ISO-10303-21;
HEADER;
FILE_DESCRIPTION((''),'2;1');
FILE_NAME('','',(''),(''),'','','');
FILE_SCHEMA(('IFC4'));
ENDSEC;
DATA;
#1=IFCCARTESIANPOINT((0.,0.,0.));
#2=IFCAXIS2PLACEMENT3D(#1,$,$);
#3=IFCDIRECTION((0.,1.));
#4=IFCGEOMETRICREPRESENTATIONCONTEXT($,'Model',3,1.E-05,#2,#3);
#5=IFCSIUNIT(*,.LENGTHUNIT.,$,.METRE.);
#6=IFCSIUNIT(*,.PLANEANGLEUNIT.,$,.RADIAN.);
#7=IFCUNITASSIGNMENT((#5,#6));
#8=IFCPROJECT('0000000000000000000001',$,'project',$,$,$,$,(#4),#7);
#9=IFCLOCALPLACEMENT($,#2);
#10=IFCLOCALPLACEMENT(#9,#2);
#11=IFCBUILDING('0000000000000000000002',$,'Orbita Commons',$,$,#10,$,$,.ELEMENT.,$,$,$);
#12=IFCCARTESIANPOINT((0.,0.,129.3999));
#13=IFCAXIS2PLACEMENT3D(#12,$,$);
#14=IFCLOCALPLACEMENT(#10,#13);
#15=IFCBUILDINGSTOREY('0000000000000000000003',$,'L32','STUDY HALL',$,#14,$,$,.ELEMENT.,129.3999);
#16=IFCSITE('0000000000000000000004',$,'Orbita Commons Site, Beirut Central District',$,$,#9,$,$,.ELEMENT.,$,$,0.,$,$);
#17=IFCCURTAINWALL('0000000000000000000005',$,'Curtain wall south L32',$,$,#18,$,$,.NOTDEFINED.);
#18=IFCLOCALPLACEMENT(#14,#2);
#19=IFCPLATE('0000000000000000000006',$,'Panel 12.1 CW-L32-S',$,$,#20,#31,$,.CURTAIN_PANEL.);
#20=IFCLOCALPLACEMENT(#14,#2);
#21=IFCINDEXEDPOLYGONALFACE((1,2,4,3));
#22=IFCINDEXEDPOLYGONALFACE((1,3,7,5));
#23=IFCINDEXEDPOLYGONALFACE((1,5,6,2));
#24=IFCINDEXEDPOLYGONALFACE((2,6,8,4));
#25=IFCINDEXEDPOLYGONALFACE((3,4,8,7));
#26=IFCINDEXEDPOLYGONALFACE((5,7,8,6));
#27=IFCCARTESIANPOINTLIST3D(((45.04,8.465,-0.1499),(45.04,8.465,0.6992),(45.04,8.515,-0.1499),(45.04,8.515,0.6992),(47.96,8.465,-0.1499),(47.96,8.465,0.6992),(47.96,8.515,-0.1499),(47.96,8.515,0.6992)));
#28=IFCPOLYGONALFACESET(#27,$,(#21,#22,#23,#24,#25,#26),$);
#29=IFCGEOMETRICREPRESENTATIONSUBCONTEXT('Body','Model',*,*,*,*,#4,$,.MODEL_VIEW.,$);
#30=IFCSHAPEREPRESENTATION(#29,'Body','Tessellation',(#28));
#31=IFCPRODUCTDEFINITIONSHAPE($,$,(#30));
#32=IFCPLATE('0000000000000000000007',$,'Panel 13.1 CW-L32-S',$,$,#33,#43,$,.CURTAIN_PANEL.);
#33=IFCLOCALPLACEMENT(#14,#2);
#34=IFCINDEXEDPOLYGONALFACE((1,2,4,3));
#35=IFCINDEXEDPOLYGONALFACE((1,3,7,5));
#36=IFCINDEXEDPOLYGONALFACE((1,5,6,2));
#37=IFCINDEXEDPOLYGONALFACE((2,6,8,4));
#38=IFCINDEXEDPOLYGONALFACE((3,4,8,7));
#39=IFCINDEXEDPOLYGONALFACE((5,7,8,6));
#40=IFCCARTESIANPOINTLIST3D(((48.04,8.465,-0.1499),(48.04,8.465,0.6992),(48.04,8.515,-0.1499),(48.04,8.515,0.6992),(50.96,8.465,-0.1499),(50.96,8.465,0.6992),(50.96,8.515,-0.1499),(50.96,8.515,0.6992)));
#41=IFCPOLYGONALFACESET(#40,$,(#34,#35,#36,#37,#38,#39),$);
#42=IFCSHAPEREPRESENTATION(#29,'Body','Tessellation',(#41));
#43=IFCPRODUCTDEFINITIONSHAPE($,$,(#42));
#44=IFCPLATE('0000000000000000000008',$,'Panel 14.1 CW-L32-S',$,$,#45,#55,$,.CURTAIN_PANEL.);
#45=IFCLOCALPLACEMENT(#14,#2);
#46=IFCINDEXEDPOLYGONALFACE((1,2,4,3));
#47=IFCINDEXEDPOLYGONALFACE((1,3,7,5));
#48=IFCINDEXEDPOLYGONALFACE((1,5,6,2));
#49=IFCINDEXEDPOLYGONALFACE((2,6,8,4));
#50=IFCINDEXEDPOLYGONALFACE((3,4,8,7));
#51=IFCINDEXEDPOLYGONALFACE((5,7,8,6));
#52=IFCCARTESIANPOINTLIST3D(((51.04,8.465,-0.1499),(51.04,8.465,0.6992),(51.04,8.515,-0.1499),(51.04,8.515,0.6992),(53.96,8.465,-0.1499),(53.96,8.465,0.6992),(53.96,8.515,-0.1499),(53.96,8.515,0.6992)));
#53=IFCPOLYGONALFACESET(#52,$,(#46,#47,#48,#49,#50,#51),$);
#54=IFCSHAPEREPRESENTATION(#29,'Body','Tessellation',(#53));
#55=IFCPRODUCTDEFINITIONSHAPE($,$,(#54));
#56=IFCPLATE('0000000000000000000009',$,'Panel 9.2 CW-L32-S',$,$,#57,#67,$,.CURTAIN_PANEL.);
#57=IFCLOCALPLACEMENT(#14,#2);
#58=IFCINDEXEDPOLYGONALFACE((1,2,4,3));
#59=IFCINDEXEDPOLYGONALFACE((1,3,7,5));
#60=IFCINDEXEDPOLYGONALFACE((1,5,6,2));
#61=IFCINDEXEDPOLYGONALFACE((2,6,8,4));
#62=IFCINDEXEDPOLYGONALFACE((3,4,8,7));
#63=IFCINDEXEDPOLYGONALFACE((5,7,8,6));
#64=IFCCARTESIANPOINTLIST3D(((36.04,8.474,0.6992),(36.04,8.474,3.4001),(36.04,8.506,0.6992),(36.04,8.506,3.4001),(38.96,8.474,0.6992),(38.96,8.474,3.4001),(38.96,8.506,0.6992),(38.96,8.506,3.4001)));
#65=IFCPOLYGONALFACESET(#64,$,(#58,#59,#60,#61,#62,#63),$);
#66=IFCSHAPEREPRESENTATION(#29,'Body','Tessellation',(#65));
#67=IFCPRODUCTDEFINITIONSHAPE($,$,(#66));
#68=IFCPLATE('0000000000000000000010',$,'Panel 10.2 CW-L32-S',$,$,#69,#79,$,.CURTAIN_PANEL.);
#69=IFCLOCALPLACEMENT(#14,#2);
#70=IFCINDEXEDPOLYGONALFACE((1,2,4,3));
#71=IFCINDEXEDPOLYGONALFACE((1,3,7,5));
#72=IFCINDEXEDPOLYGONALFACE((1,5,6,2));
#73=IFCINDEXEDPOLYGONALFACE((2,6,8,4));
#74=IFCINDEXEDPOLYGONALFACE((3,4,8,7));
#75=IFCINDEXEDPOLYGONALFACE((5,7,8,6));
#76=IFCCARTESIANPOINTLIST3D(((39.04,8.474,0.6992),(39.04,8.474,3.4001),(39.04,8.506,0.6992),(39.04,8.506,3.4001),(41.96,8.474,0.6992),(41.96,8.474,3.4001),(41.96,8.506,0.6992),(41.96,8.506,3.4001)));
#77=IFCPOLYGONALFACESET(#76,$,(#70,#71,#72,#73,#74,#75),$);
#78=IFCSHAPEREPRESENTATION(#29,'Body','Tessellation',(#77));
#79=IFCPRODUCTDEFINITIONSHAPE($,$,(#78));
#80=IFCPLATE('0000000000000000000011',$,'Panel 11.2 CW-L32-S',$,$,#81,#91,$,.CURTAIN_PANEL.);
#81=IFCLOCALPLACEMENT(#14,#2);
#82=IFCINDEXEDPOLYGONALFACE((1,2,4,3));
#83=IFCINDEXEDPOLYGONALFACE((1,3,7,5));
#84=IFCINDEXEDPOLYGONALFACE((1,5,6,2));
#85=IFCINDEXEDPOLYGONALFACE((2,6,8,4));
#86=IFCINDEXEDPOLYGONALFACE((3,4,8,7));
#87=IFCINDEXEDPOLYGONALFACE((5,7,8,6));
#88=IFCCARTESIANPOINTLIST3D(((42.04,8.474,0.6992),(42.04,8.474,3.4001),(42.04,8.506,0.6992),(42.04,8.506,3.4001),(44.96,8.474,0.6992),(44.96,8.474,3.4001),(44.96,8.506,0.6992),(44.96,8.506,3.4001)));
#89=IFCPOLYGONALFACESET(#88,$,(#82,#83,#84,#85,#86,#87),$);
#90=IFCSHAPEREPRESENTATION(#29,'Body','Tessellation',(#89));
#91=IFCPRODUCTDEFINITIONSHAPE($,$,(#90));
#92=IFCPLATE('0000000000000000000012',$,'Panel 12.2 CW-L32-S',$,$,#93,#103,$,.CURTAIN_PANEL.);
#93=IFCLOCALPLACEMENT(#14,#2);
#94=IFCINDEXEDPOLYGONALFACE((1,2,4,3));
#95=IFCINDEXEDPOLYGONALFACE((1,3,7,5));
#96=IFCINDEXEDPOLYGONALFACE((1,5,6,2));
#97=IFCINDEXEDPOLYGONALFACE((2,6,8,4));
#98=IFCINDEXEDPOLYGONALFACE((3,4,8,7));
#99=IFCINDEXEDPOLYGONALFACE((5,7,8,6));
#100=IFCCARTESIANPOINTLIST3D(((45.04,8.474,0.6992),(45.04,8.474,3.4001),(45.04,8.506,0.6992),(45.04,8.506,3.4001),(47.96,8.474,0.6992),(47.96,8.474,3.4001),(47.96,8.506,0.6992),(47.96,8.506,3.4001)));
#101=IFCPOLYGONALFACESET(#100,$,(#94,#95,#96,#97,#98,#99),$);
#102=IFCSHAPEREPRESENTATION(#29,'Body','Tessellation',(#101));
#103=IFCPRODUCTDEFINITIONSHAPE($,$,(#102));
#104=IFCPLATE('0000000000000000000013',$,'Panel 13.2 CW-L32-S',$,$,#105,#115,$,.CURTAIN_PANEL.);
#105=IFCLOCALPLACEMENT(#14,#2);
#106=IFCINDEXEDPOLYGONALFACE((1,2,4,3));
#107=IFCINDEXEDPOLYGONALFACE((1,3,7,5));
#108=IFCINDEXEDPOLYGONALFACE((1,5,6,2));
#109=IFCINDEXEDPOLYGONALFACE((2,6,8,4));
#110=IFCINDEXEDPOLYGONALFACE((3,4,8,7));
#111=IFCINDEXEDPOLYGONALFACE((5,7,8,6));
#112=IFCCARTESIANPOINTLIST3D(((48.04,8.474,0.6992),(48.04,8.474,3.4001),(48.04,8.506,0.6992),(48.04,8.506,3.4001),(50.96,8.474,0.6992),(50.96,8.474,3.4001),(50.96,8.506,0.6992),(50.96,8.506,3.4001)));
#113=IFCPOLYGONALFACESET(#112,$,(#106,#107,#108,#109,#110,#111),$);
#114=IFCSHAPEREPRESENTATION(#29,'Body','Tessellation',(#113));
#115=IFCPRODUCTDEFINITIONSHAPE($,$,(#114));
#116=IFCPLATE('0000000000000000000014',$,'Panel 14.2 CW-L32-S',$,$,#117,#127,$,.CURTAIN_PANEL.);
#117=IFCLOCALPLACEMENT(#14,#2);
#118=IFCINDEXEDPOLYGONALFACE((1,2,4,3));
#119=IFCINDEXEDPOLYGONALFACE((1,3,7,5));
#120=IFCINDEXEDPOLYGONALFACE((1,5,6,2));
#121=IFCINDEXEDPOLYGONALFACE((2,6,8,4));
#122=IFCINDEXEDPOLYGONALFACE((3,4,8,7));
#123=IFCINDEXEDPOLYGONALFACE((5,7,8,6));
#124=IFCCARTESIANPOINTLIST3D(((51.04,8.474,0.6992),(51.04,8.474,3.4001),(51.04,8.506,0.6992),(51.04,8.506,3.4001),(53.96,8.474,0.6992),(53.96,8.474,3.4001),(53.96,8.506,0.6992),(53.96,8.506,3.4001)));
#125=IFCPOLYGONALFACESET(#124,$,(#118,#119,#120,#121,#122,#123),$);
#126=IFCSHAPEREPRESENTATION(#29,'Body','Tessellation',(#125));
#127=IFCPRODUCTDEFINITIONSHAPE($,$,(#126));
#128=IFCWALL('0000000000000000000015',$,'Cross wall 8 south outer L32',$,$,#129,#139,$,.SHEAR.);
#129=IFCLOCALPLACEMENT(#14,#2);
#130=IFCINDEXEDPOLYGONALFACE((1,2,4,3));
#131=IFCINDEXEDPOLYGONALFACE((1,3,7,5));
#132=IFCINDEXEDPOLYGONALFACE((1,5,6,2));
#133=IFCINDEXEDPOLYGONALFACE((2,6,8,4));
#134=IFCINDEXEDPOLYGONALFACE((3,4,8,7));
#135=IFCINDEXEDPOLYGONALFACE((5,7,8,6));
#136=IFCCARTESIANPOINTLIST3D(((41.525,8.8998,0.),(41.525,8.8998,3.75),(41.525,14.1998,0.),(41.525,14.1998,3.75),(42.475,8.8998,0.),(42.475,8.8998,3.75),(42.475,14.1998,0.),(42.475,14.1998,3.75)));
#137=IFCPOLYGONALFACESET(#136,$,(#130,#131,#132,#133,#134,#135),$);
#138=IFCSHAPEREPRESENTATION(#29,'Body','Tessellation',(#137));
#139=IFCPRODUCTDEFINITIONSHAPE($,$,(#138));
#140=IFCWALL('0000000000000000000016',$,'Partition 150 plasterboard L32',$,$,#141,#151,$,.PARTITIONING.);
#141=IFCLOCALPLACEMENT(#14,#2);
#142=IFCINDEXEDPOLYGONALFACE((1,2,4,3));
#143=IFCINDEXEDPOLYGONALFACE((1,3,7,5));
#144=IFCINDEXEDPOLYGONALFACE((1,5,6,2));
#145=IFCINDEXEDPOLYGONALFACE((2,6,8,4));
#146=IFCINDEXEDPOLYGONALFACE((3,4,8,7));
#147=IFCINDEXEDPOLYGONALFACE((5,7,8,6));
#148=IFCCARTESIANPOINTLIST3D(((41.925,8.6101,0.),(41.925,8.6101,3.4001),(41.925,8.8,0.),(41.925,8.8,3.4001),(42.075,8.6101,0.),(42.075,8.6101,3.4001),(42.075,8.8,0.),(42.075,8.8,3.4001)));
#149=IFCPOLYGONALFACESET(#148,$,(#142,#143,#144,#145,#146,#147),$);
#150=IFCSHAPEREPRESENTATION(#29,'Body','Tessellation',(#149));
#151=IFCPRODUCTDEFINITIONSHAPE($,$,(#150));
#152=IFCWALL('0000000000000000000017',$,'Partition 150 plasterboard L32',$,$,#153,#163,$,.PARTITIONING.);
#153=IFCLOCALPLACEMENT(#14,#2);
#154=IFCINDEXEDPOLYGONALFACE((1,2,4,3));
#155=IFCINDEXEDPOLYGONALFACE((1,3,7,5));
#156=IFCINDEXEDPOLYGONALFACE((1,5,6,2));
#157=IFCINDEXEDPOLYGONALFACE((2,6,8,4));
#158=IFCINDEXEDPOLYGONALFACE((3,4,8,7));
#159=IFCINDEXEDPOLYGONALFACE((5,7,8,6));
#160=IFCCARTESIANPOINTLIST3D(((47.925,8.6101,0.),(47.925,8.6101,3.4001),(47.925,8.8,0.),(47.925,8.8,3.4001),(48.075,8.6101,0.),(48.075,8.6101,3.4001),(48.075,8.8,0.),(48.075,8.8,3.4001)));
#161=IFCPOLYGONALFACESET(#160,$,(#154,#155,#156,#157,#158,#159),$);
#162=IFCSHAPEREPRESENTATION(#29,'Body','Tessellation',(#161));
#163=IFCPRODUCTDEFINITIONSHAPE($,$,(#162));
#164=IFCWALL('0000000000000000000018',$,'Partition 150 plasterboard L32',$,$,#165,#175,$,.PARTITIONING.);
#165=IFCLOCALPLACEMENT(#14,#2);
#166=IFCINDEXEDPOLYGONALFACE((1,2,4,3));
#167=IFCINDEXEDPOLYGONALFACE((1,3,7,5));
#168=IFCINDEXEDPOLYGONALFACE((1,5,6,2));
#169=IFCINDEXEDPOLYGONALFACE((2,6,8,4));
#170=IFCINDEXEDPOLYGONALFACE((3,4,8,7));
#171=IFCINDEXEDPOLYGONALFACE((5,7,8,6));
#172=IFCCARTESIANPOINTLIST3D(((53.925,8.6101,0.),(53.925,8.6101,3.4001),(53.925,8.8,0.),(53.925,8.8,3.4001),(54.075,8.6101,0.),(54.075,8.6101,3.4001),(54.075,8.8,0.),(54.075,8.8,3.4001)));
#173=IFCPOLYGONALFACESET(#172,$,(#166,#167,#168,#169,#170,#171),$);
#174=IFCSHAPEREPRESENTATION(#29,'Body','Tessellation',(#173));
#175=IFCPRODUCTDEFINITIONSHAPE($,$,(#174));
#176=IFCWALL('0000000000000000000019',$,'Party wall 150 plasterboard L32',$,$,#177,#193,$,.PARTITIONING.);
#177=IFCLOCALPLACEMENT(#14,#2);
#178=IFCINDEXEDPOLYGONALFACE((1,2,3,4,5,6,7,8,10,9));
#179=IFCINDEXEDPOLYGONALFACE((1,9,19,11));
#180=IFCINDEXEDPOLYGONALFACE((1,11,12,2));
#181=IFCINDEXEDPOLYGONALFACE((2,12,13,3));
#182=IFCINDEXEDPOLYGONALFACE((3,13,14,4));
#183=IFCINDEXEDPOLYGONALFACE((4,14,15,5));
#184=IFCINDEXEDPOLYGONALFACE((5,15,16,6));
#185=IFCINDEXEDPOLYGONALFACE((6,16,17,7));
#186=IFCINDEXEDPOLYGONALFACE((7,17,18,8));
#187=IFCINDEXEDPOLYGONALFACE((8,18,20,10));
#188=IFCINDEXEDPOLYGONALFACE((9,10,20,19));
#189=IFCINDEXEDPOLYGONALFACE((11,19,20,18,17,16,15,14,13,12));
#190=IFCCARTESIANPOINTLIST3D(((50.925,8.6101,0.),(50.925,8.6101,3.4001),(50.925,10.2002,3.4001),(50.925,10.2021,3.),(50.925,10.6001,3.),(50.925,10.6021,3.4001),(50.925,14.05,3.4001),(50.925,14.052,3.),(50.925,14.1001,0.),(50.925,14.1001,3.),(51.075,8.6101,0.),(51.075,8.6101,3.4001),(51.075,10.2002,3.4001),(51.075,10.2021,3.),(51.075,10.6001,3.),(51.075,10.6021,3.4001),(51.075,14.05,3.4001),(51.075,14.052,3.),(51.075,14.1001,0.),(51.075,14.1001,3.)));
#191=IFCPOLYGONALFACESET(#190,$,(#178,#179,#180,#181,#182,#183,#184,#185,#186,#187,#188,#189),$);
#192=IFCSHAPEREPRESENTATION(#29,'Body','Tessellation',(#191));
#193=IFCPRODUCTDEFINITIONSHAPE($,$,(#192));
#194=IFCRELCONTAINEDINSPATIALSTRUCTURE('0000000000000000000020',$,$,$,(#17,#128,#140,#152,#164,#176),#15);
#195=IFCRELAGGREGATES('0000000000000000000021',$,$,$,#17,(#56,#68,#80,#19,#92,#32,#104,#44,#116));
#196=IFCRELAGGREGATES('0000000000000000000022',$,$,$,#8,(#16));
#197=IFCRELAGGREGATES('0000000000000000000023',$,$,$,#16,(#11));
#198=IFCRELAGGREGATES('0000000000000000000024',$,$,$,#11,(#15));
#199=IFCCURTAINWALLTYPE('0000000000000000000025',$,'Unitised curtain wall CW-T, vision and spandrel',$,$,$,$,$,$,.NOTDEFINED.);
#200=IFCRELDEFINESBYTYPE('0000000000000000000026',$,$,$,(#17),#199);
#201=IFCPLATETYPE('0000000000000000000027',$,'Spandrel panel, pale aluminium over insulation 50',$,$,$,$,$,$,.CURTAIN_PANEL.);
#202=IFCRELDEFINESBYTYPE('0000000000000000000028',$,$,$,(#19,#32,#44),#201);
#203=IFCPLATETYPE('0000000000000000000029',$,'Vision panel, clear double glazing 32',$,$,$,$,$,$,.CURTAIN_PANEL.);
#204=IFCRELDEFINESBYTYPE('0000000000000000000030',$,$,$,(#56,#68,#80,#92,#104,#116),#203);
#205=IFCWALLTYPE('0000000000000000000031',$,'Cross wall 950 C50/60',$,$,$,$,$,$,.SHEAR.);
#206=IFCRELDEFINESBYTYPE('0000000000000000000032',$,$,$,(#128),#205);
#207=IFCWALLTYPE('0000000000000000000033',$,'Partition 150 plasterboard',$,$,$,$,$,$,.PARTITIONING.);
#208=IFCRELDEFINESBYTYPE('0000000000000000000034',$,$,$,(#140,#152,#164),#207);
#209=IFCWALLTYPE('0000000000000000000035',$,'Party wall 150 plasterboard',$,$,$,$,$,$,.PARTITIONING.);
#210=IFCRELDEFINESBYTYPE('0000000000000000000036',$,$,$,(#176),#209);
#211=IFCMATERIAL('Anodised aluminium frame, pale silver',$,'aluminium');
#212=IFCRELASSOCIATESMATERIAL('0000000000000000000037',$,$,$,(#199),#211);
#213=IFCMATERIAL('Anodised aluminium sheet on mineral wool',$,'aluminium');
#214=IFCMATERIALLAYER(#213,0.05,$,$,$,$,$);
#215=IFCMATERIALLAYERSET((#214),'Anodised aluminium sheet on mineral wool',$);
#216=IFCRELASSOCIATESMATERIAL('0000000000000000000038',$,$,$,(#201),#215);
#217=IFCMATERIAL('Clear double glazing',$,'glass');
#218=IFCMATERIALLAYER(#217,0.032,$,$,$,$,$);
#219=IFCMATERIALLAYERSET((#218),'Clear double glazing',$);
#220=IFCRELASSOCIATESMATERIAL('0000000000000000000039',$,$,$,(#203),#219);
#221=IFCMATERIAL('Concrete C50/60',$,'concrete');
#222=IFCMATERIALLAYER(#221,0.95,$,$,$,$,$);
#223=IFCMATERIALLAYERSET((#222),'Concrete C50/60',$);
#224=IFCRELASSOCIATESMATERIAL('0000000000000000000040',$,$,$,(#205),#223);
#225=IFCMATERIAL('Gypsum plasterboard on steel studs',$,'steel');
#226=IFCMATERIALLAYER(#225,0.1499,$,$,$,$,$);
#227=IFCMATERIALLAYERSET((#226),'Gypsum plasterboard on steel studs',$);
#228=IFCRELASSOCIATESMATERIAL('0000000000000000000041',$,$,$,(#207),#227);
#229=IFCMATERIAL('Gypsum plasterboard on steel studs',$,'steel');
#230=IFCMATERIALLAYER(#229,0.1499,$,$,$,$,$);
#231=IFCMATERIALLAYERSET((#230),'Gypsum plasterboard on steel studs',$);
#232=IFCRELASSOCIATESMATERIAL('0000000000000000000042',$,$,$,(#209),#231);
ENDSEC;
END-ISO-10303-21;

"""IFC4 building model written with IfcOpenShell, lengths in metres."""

from ifc_helpers import new_model, si_unit, direction, frame, frame_2d, origin, origin_2d, place, context, subcontext, project, spatial, polyline, rectangle, outline, extrude, material, layer, layer_set, type_object, element, aggregate, save


model = new_model("IFC4")

# Units and contexts
model_context = context("Model", 3, precision=1e-05, world=origin(), true_north=direction((0.0, 1.0)))
body_context = subcontext(model_context, "Body", "Model", "MODEL_VIEW")
ifc_project = project(units=[si_unit("LENGTHUNIT", "METRE"), si_unit("PLANEANGLEUNIT", "RADIAN")], contexts=[model_context])

# Site, building, storey
site_placement = place(None, origin())
site = spatial("IfcSite", under=ifc_project, at=site_placement, Name="Orbita Commons Site, Beirut Central District", CompositionType="ELEMENT", RefElevation=0.0)
building_placement = place(site_placement, origin())
building = spatial("IfcBuilding", under=site, at=building_placement, Name="Orbita Commons", CompositionType="ELEMENT")
storey_placement = place(building_placement, frame((0.0, 0.0, 129.3999)))
storey = spatial("IfcBuildingStorey", under=building, at=storey_placement, Name="L32", Description="STUDY HALL", CompositionType="ELEMENT", Elevation=129.3999)

# Curtain wall, plates
ifc_material_1 = material(Name="Anodised aluminium frame, pale silver", Category="aluminium")
curtain_wall_type = type_object("IfcCurtainWallType", Name="Unitised curtain wall CW-T, vision and spandrel", PredefinedType="NOTDEFINED", material=ifc_material_1)
curtain_wall_placement = place(storey_placement, origin())
curtain_wall = element("IfcCurtainWall", 1, at=curtain_wall_placement, inside=storey, type_object=curtain_wall_type, Name="Curtain wall south L32", PredefinedType="NOTDEFINED")
ifc_material_2 = material(Name="Anodised aluminium sheet on mineral wool", Category="aluminium")
ifc_layer_1 = layer(ifc_material_2, 0.05)
ifc_layer_set_1 = layer_set([ifc_layer_1], Name="Anodised aluminium sheet on mineral wool")
plate_type_1 = type_object("IfcPlateType", Name="Spandrel panel, pale aluminium over insulation 50", PredefinedType="CURTAIN_PANEL", material=ifc_layer_set_1)
plate_1_placement = place(storey_placement, frame((46.5, 8.49, -0.1499), z_axis=(0.0, 0.0, 1.0), x_axis=(1.0, 0.0, 0.0)))
plate_1 = element("IfcPlate", 2, at=plate_1_placement, type_object=plate_type_1, Name="Panel 12.1 CW-L32-S", PredefinedType="CURTAIN_PANEL", context=body_context, shape_type="SweptSolid", body=[
    extrude(rectangle(XDim=2.9199, YDim=0.05, at=origin_2d()), origin(), (0.0, 0.0, 1.0), 0.8491),
])
plate_2_placement = place(storey_placement, frame((49.5, 8.49, -0.1499), z_axis=(0.0, 0.0, 1.0), x_axis=(1.0, 0.0, 0.0)))
plate_2 = element("IfcPlate", 3, at=plate_2_placement, type_object=plate_type_1, Name="Panel 13.1 CW-L32-S", PredefinedType="CURTAIN_PANEL", context=body_context, shape_type="SweptSolid", body=[
    extrude(rectangle(XDim=2.9199, YDim=0.05, at=origin_2d()), origin(), (0.0, 0.0, 1.0), 0.8491),
])
plate_3_placement = place(storey_placement, frame((52.5, 8.49, -0.1499), z_axis=(0.0, 0.0, 1.0), x_axis=(1.0, 0.0, 0.0)))
plate_3 = element("IfcPlate", 4, at=plate_3_placement, type_object=plate_type_1, Name="Panel 14.1 CW-L32-S", PredefinedType="CURTAIN_PANEL", context=body_context, shape_type="SweptSolid", body=[
    extrude(rectangle(XDim=2.9199, YDim=0.05, at=origin_2d()), origin(), (0.0, 0.0, 1.0), 0.8491),
])
ifc_material_3 = material(Name="Clear double glazing", Category="glass")
ifc_layer_2 = layer(ifc_material_3, 0.032)
ifc_layer_set_2 = layer_set([ifc_layer_2], Name="Clear double glazing")
plate_type_2 = type_object("IfcPlateType", Name="Vision panel, clear double glazing 32", PredefinedType="CURTAIN_PANEL", material=ifc_layer_set_2)
plate_4_placement = place(storey_placement, frame((37.5, 8.49, 0.6992), z_axis=(0.0, 0.0, 1.0), x_axis=(1.0, 0.0, 0.0)))
plate_4 = element("IfcPlate", 5, at=plate_4_placement, type_object=plate_type_2, Name="Panel 9.2 CW-L32-S", PredefinedType="CURTAIN_PANEL", context=body_context, shape_type="SweptSolid", body=[
    extrude(rectangle(XDim=2.9199, YDim=0.032, at=origin_2d()), origin(), (0.0, 0.0, 1.0), 2.7009),
])
plate_5_placement = place(storey_placement, frame((40.5, 8.49, 0.6992), z_axis=(0.0, 0.0, 1.0), x_axis=(1.0, 0.0, 0.0)))
plate_5 = element("IfcPlate", 6, at=plate_5_placement, type_object=plate_type_2, Name="Panel 10.2 CW-L32-S", PredefinedType="CURTAIN_PANEL", context=body_context, shape_type="SweptSolid", body=[
    extrude(rectangle(XDim=2.9199, YDim=0.032, at=origin_2d()), origin(), (0.0, 0.0, 1.0), 2.7009),
])
plate_6_placement = place(storey_placement, frame((43.5, 8.49, 0.6992), z_axis=(0.0, 0.0, 1.0), x_axis=(1.0, 0.0, 0.0)))
plate_6 = element("IfcPlate", 7, at=plate_6_placement, type_object=plate_type_2, Name="Panel 11.2 CW-L32-S", PredefinedType="CURTAIN_PANEL", context=body_context, shape_type="SweptSolid", body=[
    extrude(rectangle(XDim=2.9199, YDim=0.032, at=origin_2d()), origin(), (0.0, 0.0, 1.0), 2.7009),
])
plate_7_placement = place(storey_placement, frame((46.5, 8.49, 0.6992), z_axis=(0.0, 0.0, 1.0), x_axis=(1.0, 0.0, 0.0)))
plate_7 = element("IfcPlate", 8, at=plate_7_placement, type_object=plate_type_2, Name="Panel 12.2 CW-L32-S", PredefinedType="CURTAIN_PANEL", context=body_context, shape_type="SweptSolid", body=[
    extrude(rectangle(XDim=2.9199, YDim=0.032, at=origin_2d()), origin(), (0.0, 0.0, 1.0), 2.7009),
])
plate_8_placement = place(storey_placement, frame((49.5, 8.49, 0.6992), z_axis=(0.0, 0.0, 1.0), x_axis=(1.0, 0.0, 0.0)))
plate_8 = element("IfcPlate", 9, at=plate_8_placement, type_object=plate_type_2, Name="Panel 13.2 CW-L32-S", PredefinedType="CURTAIN_PANEL", context=body_context, shape_type="SweptSolid", body=[
    extrude(rectangle(XDim=2.9199, YDim=0.032, at=origin_2d()), origin(), (0.0, 0.0, 1.0), 2.7009),
])
plate_9_placement = place(storey_placement, frame((52.5, 8.49, 0.6992), z_axis=(0.0, 0.0, 1.0), x_axis=(1.0, 0.0, 0.0)))
plate_9 = element("IfcPlate", 10, at=plate_9_placement, type_object=plate_type_2, Name="Panel 14.2 CW-L32-S", PredefinedType="CURTAIN_PANEL", context=body_context, shape_type="SweptSolid", body=[
    extrude(rectangle(XDim=2.9199, YDim=0.032, at=origin_2d()), origin(), (0.0, 0.0, 1.0), 2.7009),
])
aggregate(curtain_wall, [plate_4, plate_5, plate_6, plate_1, plate_7, plate_2, plate_8, plate_3, plate_9])

# Walls
ifc_material_4 = material(Name="Concrete C50/60", Category="concrete")
ifc_layer_3 = layer(ifc_material_4, 0.95)
ifc_layer_set_3 = layer_set([ifc_layer_3], Name="Concrete C50/60")
wall_type_1 = type_object("IfcWallType", Name="Cross wall 950 C50/60", PredefinedType="SHEAR", material=ifc_layer_set_3)
wall_1_placement = place(storey_placement, frame((42.0, 8.8999, 0.0), z_axis=(0.0, 0.0, 1.0), x_axis=(0.0, 1.0, 0.0)))
element("IfcWall", 11, at=wall_1_placement, inside=storey, type_object=wall_type_1, Name="Cross wall 8 south outer L32", PredefinedType="SHEAR", context=body_context, shape_type="SweptSolid", body=[
    extrude(rectangle(XDim=5.3, YDim=0.95, at=frame_2d((2.6499, 0.0))), origin(), (0.0, 0.0, 1.0), 3.75),
])
ifc_material_5 = material(Name="Gypsum plasterboard on steel studs", Category="steel")
ifc_layer_4 = layer(ifc_material_5, 0.1499)
ifc_layer_set_4 = layer_set([ifc_layer_4], Name="Gypsum plasterboard on steel studs")
wall_type_2 = type_object("IfcWallType", Name="Partition 150 plasterboard", PredefinedType="PARTITIONING", material=ifc_layer_set_4)
for number, where, z_axis, x_axis, name in (
    (12, (42.0, 8.8, 0.0), (0.0, 0.0, 1.0), (0.0, -1.0, 0.0), "Partition 150 plasterboard L32"),
    (13, (48.0, 8.8, 0.0), (0.0, 0.0, 1.0), (0.0, -1.0, 0.0), "Partition 150 plasterboard L32"),
    (14, (54.0, 8.8, 0.0), (0.0, 0.0, 1.0), (0.0, -1.0, 0.0), "Partition 150 plasterboard L32"),
):
    element("IfcWall", number, at=place(storey_placement, frame(where, z_axis=z_axis, x_axis=x_axis)), inside=storey, type_object=wall_type_2, Name=name, PredefinedType="PARTITIONING", context=body_context, shape_type="SweptSolid", body=[
        extrude(rectangle(XDim=0.1899, YDim=0.1499, at=frame_2d((0.095, 0.0))), origin(), (0.0, 0.0, 1.0), 3.4001),
    ])
ifc_material_6 = material(Name="Gypsum plasterboard on steel studs", Category="steel")
ifc_layer_5 = layer(ifc_material_6, 0.1499)
ifc_layer_set_5 = layer_set([ifc_layer_5], Name="Gypsum plasterboard on steel studs")
wall_type_3 = type_object("IfcWallType", Name="Party wall 150 plasterboard", PredefinedType="PARTITIONING", material=ifc_layer_set_5)
wall_2_placement = place(storey_placement, frame((51.0, 8.6101, 0.0), z_axis=(0.0, 0.0, 1.0), x_axis=(0.0, 1.0, 0.0)))
element("IfcWall", 15, at=wall_2_placement, inside=storey, type_object=wall_type_3, Name="Party wall 150 plasterboard L32", PredefinedType="PARTITIONING", context=body_context, shape_type="SweptSolid", body=[
    extrude(outline(polyline([(0.0, 0.0), (5.49, 0.0), (5.49, 3.0), (5.4419, 3.0), (5.4399, 3.4001), (1.9919, 3.4001), (1.99, 3.0), (1.592, 3.0), (1.5901, 3.4001), (0.0, 3.4001), (0.0, 0.0)])), frame((0.0, 0.075, 0.0), z_axis=(0.0, -1.0, 0.0), x_axis=(1.0, 0.0, 0.0)), (0.0, 0.0, 1.0), 0.1499),
])

save(model, "model.ifc")
